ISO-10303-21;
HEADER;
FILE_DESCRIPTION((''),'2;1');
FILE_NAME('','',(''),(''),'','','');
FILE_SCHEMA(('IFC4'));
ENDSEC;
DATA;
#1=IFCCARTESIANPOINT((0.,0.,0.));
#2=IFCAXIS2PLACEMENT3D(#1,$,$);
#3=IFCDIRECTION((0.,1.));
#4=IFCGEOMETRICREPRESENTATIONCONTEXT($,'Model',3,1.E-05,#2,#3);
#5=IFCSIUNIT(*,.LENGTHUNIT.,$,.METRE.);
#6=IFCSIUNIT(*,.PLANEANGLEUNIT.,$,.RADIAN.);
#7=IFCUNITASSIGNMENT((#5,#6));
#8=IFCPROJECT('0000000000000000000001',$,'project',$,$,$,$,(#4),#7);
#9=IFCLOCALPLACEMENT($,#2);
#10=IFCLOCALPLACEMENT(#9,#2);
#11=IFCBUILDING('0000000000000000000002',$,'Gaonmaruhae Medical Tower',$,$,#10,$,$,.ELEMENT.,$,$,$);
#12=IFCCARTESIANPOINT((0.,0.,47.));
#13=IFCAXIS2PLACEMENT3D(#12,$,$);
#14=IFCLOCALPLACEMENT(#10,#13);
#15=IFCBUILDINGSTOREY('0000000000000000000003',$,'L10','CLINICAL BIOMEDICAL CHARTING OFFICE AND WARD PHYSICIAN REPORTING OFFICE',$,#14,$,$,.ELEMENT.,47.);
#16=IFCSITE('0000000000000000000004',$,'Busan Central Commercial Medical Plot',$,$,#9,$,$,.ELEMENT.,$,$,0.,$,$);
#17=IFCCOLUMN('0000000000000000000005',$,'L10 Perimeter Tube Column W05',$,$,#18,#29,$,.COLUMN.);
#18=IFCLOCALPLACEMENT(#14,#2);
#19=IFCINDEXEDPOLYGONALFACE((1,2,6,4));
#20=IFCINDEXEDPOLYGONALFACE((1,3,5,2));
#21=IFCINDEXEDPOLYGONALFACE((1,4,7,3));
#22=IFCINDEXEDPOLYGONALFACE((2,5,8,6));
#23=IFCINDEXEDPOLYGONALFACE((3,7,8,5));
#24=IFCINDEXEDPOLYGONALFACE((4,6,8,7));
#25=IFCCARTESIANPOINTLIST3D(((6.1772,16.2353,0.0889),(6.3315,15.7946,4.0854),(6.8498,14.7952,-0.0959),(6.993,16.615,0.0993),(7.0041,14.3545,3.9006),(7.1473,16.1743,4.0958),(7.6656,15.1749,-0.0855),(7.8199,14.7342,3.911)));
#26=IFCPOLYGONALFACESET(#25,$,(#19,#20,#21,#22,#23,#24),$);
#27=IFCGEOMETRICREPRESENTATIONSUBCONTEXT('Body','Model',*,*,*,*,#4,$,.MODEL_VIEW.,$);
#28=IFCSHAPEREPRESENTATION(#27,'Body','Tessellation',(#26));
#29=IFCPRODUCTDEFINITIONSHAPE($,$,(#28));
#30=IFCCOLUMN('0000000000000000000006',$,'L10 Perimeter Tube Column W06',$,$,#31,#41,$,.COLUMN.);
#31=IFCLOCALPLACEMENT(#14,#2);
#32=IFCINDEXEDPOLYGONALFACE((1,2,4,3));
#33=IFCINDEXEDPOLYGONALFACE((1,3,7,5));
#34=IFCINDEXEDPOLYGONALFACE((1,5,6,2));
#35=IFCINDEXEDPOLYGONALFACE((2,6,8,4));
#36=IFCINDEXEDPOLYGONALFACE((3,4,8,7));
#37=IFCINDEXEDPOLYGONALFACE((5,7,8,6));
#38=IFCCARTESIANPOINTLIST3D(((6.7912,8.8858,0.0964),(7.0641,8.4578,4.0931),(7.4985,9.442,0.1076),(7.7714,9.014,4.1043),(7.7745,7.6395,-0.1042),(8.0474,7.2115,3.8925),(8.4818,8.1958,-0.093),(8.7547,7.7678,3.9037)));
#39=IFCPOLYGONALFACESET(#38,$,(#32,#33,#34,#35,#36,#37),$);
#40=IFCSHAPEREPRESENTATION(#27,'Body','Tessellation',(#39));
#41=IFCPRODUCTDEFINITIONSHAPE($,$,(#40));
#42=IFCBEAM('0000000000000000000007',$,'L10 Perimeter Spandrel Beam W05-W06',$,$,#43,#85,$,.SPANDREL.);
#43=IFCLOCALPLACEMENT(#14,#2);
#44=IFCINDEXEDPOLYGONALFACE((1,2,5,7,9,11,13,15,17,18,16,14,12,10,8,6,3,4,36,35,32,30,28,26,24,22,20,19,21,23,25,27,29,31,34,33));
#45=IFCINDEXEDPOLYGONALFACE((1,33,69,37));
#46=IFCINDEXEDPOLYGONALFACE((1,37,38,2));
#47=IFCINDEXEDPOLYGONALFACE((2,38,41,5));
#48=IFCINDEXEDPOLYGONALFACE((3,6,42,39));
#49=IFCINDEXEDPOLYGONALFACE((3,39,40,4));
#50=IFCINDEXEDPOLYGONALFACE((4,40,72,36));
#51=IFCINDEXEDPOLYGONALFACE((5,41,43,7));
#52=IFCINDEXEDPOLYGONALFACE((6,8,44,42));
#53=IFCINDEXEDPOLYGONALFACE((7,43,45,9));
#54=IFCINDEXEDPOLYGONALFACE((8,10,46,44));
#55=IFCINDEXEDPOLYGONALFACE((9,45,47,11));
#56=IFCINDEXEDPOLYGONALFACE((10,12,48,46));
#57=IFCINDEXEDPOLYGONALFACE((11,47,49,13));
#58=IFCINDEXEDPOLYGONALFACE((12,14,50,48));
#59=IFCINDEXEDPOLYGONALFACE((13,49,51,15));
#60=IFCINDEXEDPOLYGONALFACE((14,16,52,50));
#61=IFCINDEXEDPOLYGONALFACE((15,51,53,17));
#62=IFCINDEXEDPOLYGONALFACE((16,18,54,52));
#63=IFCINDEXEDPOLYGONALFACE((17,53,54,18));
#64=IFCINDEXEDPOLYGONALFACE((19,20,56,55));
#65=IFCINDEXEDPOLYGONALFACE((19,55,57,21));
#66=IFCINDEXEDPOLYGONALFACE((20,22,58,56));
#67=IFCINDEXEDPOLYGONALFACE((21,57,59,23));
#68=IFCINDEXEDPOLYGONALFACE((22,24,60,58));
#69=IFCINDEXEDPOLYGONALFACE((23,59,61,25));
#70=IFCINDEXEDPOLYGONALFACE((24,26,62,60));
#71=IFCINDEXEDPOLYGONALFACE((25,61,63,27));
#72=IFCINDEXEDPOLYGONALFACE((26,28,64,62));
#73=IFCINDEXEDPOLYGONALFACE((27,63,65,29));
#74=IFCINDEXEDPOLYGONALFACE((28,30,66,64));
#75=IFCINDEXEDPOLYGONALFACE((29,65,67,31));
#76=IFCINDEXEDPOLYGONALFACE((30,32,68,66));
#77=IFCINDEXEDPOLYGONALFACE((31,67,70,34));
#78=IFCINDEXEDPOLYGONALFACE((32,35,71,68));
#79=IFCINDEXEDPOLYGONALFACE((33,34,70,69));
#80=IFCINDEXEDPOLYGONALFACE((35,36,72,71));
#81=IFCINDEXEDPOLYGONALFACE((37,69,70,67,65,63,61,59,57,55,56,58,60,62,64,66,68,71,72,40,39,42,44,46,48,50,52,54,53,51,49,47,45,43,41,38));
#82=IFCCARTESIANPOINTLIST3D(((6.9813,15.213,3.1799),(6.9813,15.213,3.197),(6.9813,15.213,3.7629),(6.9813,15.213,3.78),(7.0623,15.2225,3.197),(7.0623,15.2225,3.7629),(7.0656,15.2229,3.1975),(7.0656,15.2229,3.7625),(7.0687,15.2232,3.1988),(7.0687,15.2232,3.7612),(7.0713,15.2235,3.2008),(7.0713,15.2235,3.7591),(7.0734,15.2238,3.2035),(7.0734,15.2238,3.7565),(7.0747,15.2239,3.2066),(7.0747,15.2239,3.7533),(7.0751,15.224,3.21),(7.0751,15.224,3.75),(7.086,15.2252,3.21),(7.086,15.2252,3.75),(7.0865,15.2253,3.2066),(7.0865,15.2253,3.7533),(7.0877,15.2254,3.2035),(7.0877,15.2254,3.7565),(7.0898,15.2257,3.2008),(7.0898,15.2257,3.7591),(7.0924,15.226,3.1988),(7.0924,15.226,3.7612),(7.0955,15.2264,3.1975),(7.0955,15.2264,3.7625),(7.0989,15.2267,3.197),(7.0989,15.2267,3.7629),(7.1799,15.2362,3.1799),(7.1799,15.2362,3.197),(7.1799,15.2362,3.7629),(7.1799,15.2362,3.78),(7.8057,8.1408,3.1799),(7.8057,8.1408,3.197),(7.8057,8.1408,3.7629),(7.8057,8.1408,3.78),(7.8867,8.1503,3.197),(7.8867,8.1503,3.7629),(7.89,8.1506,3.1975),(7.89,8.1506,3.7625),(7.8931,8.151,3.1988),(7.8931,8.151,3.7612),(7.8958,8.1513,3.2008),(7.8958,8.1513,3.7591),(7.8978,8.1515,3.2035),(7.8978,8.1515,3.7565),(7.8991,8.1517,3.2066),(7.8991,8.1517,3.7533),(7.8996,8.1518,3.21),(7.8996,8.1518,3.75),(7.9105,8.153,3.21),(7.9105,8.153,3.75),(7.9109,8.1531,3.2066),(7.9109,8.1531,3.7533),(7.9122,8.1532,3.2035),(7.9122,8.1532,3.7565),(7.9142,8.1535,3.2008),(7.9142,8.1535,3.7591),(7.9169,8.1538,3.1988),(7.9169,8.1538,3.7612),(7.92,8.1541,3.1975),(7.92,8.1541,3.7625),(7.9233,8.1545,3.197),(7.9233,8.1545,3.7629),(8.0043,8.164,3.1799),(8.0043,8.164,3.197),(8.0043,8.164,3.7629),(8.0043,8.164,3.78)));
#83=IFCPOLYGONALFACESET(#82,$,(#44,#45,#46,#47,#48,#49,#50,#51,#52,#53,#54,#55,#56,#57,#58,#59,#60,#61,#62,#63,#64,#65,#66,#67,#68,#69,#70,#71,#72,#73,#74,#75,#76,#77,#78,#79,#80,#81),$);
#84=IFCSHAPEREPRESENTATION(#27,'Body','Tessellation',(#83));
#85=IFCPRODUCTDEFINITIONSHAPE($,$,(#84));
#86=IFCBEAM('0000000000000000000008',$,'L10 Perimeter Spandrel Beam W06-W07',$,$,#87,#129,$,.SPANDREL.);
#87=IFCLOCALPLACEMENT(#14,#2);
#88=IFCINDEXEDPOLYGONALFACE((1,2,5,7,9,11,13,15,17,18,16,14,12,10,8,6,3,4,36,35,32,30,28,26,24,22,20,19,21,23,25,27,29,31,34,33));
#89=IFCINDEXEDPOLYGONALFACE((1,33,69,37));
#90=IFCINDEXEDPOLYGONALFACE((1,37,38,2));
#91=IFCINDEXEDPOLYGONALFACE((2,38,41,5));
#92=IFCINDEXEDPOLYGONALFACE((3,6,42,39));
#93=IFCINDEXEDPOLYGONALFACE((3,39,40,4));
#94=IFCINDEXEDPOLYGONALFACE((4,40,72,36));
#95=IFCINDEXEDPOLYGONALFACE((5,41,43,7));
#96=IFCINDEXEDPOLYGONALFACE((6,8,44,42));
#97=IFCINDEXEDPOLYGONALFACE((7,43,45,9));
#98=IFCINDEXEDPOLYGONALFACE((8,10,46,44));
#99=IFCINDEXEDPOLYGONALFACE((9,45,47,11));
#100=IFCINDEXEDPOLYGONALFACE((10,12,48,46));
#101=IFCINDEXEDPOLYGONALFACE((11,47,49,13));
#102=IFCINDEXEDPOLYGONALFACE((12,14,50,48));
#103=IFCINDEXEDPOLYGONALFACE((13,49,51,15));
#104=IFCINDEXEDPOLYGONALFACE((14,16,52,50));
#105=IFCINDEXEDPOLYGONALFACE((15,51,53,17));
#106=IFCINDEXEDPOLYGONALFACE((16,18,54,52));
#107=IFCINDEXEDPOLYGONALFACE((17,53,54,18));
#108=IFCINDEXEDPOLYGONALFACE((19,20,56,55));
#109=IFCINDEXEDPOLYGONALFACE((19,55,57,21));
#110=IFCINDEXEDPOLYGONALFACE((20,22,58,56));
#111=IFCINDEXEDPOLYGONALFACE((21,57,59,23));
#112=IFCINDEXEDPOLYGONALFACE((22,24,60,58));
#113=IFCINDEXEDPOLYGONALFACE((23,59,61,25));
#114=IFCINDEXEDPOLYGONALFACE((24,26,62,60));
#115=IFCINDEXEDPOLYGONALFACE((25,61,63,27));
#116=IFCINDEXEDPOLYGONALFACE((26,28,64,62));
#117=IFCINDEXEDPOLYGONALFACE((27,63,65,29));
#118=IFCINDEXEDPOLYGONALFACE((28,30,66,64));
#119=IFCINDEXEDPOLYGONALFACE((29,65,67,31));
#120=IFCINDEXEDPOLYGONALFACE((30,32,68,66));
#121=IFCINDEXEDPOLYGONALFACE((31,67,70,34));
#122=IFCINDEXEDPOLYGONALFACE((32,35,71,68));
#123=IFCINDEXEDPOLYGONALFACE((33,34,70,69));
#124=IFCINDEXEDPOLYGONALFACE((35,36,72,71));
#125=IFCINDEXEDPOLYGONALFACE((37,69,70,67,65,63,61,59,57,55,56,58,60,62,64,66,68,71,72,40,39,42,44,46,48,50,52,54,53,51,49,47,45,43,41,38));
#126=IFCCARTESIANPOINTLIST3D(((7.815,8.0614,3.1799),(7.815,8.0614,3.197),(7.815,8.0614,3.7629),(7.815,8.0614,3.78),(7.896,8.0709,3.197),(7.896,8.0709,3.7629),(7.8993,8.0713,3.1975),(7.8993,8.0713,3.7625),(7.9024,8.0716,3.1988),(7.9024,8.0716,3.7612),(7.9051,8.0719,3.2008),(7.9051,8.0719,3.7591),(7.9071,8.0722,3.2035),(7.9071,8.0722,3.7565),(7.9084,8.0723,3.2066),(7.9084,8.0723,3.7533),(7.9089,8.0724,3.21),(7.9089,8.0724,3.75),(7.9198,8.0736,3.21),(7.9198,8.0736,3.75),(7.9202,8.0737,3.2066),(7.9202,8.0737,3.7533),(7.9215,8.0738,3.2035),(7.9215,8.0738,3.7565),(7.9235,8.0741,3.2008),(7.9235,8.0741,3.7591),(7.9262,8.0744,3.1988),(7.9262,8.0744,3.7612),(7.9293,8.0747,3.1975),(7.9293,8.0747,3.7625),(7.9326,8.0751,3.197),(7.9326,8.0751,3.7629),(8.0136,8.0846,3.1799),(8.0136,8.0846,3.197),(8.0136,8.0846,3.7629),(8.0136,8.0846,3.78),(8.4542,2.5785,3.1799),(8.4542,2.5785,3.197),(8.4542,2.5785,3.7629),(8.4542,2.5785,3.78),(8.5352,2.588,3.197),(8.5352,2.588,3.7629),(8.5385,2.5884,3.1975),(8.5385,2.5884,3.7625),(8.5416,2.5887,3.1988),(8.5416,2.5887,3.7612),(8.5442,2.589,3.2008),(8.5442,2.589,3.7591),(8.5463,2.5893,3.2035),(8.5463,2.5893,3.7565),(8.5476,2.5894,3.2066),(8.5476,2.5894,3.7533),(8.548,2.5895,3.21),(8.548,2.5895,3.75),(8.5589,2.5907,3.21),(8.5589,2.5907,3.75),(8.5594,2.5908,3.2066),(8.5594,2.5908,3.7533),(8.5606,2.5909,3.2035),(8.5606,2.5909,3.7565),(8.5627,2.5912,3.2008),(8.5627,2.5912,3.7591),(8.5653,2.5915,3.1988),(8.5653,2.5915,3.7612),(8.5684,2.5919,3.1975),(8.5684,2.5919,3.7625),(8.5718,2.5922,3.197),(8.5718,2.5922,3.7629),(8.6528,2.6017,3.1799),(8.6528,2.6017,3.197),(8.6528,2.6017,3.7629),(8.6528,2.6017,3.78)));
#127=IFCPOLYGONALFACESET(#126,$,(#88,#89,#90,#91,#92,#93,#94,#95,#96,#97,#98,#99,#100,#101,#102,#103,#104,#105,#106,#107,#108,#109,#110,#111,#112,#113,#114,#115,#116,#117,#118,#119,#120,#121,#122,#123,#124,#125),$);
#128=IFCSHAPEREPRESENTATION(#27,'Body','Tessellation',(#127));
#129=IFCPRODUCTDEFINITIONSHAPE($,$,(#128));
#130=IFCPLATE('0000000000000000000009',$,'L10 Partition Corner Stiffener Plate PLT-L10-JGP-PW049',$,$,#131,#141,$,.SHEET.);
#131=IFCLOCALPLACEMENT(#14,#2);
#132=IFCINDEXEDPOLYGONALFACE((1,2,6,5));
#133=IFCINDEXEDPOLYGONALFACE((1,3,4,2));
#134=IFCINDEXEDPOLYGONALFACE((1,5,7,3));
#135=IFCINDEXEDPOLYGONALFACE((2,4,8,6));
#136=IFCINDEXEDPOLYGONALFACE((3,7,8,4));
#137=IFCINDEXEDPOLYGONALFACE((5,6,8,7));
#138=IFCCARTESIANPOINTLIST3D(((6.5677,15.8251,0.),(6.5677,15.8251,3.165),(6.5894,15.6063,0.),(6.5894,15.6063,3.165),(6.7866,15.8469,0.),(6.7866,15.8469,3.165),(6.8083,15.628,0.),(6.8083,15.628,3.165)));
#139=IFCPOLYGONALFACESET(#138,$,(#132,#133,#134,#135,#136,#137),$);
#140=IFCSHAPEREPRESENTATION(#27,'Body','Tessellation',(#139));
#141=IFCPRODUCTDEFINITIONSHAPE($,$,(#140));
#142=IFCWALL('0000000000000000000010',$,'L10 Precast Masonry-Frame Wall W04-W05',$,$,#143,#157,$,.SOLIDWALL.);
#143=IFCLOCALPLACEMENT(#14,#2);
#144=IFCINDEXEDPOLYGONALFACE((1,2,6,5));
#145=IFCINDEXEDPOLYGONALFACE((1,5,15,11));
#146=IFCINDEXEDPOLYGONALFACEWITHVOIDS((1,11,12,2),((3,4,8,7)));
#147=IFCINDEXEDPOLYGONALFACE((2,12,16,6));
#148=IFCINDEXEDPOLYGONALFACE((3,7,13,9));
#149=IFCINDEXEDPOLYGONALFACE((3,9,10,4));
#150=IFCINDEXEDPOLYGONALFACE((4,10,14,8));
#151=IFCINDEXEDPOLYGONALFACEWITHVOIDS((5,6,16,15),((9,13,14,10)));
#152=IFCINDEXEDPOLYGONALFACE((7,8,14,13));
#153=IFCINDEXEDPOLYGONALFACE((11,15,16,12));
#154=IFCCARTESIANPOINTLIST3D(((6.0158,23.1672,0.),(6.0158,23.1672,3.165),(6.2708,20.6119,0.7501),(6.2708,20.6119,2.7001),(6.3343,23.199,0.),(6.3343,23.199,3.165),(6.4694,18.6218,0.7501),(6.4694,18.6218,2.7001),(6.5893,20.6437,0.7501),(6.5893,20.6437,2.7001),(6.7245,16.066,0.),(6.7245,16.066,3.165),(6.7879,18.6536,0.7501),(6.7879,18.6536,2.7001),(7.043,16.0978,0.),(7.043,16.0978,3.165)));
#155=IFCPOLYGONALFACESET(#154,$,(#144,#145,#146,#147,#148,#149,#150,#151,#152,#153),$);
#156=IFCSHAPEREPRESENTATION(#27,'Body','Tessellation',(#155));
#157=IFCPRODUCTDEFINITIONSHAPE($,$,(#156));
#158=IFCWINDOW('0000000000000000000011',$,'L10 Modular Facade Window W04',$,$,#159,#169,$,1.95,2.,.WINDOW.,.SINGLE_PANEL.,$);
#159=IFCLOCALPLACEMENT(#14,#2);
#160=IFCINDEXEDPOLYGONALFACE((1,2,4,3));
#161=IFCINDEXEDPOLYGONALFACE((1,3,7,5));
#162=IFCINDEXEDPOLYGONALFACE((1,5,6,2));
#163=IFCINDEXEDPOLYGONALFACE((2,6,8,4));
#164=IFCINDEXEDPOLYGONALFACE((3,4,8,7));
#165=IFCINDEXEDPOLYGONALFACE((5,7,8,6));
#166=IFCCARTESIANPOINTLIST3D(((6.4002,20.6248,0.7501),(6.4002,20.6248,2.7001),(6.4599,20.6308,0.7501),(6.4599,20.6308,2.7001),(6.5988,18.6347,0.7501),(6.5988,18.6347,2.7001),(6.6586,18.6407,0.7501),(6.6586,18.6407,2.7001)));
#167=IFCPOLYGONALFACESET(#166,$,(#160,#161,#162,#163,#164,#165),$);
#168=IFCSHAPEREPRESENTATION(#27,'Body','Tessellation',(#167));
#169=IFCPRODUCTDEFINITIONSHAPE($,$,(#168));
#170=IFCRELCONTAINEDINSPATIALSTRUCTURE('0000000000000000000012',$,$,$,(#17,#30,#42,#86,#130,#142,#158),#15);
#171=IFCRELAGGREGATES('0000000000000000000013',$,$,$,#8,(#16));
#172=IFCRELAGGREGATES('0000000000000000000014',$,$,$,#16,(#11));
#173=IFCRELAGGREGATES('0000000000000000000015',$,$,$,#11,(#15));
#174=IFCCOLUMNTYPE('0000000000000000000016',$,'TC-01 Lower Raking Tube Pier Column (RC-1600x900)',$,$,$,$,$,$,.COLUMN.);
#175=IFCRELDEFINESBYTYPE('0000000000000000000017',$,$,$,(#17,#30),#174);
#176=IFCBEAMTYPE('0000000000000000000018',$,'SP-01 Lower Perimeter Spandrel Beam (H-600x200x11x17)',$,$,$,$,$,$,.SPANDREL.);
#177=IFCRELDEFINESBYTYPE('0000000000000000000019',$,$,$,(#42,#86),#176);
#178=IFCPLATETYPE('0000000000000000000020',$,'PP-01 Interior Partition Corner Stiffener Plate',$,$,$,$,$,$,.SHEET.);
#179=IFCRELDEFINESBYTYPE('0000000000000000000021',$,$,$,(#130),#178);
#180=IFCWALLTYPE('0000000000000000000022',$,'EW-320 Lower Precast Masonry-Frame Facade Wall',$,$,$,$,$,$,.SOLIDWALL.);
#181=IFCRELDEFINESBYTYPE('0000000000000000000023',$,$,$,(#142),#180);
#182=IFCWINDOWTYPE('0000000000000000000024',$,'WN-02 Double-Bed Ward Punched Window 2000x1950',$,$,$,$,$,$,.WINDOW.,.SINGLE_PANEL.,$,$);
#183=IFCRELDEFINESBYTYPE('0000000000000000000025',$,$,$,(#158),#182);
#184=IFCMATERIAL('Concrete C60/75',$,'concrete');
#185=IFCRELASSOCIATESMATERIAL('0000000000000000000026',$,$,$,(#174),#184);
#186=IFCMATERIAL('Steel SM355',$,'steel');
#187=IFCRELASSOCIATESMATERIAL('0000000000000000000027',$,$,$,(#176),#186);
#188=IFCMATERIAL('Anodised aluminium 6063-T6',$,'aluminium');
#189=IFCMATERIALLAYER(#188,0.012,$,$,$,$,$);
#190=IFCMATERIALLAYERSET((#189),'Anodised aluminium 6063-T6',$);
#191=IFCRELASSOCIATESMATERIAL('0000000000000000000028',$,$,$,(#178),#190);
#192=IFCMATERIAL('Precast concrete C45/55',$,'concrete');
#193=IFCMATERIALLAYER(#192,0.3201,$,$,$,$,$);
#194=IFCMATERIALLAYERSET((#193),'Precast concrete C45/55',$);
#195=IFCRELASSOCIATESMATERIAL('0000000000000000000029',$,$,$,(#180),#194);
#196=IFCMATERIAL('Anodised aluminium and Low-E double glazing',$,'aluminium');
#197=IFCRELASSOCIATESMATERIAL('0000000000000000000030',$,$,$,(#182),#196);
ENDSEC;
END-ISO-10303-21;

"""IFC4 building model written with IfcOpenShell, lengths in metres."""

from ifc_helpers import new_model, si_unit, direction, frame, frame_2d, origin, origin_2d, place, context, subcontext, project, spatial, rectangle, i_section, extrude, material, layer, layer_set, material_profile, profile_set, type_object, element, fill, save


model = new_model("IFC4")

# Units and contexts
model_context = context("Model", 3, precision=1e-05, world=origin(), true_north=direction((0.0, 1.0)))
body_context = subcontext(model_context, "Body", "Model", "MODEL_VIEW")
ifc_project = project(units=[si_unit("LENGTHUNIT", "METRE"), si_unit("PLANEANGLEUNIT", "RADIAN")], contexts=[model_context])

# Site, building, storey
site_placement = place(None, origin())
site = spatial("IfcSite", under=ifc_project, at=site_placement, Name="Busan Central Commercial Medical Plot", CompositionType="ELEMENT", RefElevation=0.0)
building_placement = place(site_placement, origin())
building = spatial("IfcBuilding", under=site, at=building_placement, Name="Gaonmaruhae Medical Tower", CompositionType="ELEMENT")
storey_placement = place(building_placement, frame((0.0, 0.0, 47.0)))
storey = spatial("IfcBuildingStorey", under=building, at=storey_placement, Name="L10", Description="CLINICAL BIOMEDICAL CHARTING OFFICE AND WARD PHYSICIAN REPORTING OFFICE", CompositionType="ELEMENT", Elevation=47.0)

# Columns
ifc_material_1 = material(Name="Concrete C60/75", Category="concrete")
ifc_material_profile_1 = material_profile(ifc_material_1, rectangle(XDim=1.6001, YDim=0.8999, at=origin_2d()), Name="RC-1600x900")
ifc_profile_set_1 = profile_set([ifc_material_profile_1], Name="Concrete C60/75")
column_type = type_object("IfcColumnType", Name="TC-01 Lower Raking Tube Pier Column (RC-1600x900)", PredefinedType="COLUMN", material=ifc_profile_set_1)
column_1_placement = place(storey_placement, frame((6.9214, 15.7051, 0.0017), z_axis=(0.038346, -0.109518, 0.993245), x_axis=(-0.420351, 0.899985, 0.115463)))
element("IfcColumn", 1, at=column_1_placement, inside=storey, type_object=column_type, Name="L10 Perimeter Tube Column W05", PredefinedType="COLUMN", context=body_context, shape_type="SweptSolid", body=[
    extrude(rectangle(XDim=1.6001, YDim=0.8999, at=origin_2d()), origin(), (0.0, 0.0, 1.0), 4.0237),
])
column_2_placement = place(storey_placement, frame((7.6365, 8.5408, 0.0017), z_axis=(0.067751, -0.106233, 0.99203), x_axis=(-0.614532, 0.778866, 0.125376)))
element("IfcColumn", 2, at=column_2_placement, inside=storey, type_object=column_type, Name="L10 Perimeter Tube Column W06", PredefinedType="COLUMN", context=body_context, shape_type="SweptSolid", body=[
    extrude(rectangle(XDim=1.6001, YDim=0.8999, at=origin_2d()), origin(), (0.0, 0.0, 1.0), 4.0288),
])

# Beams
ifc_material_2 = material(Name="Steel SM355", Category="steel")
ifc_material_profile_2 = material_profile(ifc_material_2, i_section(OverallWidth=0.2, OverallDepth=0.6001, WebThickness=0.011, FlangeThickness=0.0171, FilletRadius=0.0129, at=origin_2d()), Name="H-600x200x11x17")
ifc_profile_set_2 = profile_set([ifc_material_profile_2], Name="Steel SM355")
beam_type = type_object("IfcBeamType", Name="SP-01 Lower Perimeter Spandrel Beam (H-600x200x11x17)", PredefinedType="SPANDREL", material=ifc_profile_set_2)
beam_1_placement = place(storey_placement, frame((7.0806, 15.2246, 3.48), z_axis=(0.115793, -0.993273, 0.0), x_axis=(0.993273, 0.115793, 0.0)))
element("IfcBeam", 3, at=beam_1_placement, inside=storey, type_object=beam_type, Name="L10 Perimeter Spandrel Beam W05-W06", PredefinedType="SPANDREL", context=body_context, shape_type="SweptSolid", body=[
    extrude(i_section(OverallWidth=0.2, OverallDepth=0.6001, WebThickness=0.011, FlangeThickness=0.0171, FilletRadius=0.0129, at=origin_2d()), origin(), (0.0, 0.0, 1.0), 7.1201),
])
beam_2_placement = place(storey_placement, frame((7.9143, 8.073, 3.48), z_axis=(0.115789, -0.993274, 0.0), x_axis=(0.993274, 0.115789, 0.0)))
element("IfcBeam", 4, at=beam_2_placement, inside=storey, type_object=beam_type, Name="L10 Perimeter Spandrel Beam W06-W07", PredefinedType="SPANDREL", context=body_context, shape_type="SweptSolid", body=[
    extrude(i_section(OverallWidth=0.2, OverallDepth=0.6001, WebThickness=0.011, FlangeThickness=0.0171, FilletRadius=0.0129, at=origin_2d()), origin(), (0.0, 0.0, 1.0), 5.52),
])

# Plate
ifc_material_3 = material(Name="Anodised aluminium 6063-T6", Category="aluminium")
ifc_layer_1 = layer(ifc_material_3, 0.012)
ifc_layer_set_1 = layer_set([ifc_layer_1], Name="Anodised aluminium 6063-T6")
plate_type = type_object("IfcPlateType", Name="PP-01 Interior Partition Corner Stiffener Plate", PredefinedType="SHEET", material=ifc_layer_set_1)
plate_placement = place(storey_placement, frame((6.688, 15.7266, 0.0), z_axis=(0.0, 0.0, 1.0), x_axis=(-0.098764, 0.995111, 0.0)))
element("IfcPlate", 5, at=plate_placement, inside=storey, type_object=plate_type, Name="L10 Partition Corner Stiffener Plate PLT-L10-JGP-PW049", PredefinedType="SHEET", context=body_context, shape_type="SweptSolid", body=[
    extrude(rectangle(XDim=0.22, YDim=0.22, at=origin_2d()), origin(), (0.0, 0.0, 1.0), 3.165),
])

# Wall, opening, window
ifc_material_4 = material(Name="Precast concrete C45/55", Category="concrete")
ifc_layer_2 = layer(ifc_material_4, 0.3201)
ifc_layer_set_2 = layer_set([ifc_layer_2], Name="Precast concrete C45/55")
wall_type_1 = type_object("IfcWallType", Name="EW-320 Lower Precast Masonry-Frame Facade Wall", PredefinedType="SOLIDWALL", material=ifc_layer_set_2)
wall_1_placement = place(storey_placement, frame((6.8838, 16.0818, 0.0), z_axis=(0.0, 0.0, 1.0), x_axis=(-0.099314, 0.995056, 0.0)))
wall_1 = element("IfcWall", 6, at=wall_1_placement, inside=storey, type_object=wall_type_1, Name="L10 Precast Masonry-Frame Wall W04-W05", PredefinedType="SOLIDWALL", context=body_context, shape_type="SweptSolid", body=[
    extrude(rectangle(XDim=7.1365, YDim=0.3201, at=frame_2d((3.5684, 0.0))), origin(), (0.0, 0.0, 1.0), 3.165),
])
opening_1_placement = place(wall_1_placement, frame((2.5686, 0.0, 0.75)))
opening_1 = element("IfcOpeningElement", 7, at=opening_1_placement, cuts=wall_1, PredefinedType="OPENING", context=body_context, shape_type="SweptSolid", body=[
    extrude(rectangle(XDim=2.0, YDim=1.95, at=frame_2d((1.0, 0.9751))), frame((0.0, 0.1699, 0.0), z_axis=(0.0, -1.0, 0.0), x_axis=(1.0, 0.0, 0.0)), (0.0, 0.0, 1.0), 0.3401),
])
ifc_material_5 = material(Name="Anodised aluminium and Low-E double glazing", Category="aluminium")
window_type_1 = type_object("IfcWindowType", Name="WN-02 Double-Bed Ward Punched Window 2000x1950", PartitioningType="SINGLE_PANEL", PredefinedType="WINDOW", material=ifc_material_5)
window_1_placement = place(opening_1_placement, origin())
window_1 = element("IfcWindow", 8, at=window_1_placement, inside=storey, type_object=window_type_1, Name="L10 Modular Facade Window W04", OverallHeight=1.95, OverallWidth=2.0, PartitioningType="SINGLE_PANEL", PredefinedType="WINDOW", context=body_context, shape_type="SweptSolid", body=[
    extrude(rectangle(XDim=2.0, YDim=1.95, at=frame_2d((1.0, 0.9751))), frame((0.0, 0.03, 0.0), z_axis=(0.0, -1.0, 0.0), x_axis=(1.0, 0.0, 0.0)), (0.0, 0.0, 1.0), 0.0601),
])
fill(opening_1, window_1)

save(model, "model.ifc")
